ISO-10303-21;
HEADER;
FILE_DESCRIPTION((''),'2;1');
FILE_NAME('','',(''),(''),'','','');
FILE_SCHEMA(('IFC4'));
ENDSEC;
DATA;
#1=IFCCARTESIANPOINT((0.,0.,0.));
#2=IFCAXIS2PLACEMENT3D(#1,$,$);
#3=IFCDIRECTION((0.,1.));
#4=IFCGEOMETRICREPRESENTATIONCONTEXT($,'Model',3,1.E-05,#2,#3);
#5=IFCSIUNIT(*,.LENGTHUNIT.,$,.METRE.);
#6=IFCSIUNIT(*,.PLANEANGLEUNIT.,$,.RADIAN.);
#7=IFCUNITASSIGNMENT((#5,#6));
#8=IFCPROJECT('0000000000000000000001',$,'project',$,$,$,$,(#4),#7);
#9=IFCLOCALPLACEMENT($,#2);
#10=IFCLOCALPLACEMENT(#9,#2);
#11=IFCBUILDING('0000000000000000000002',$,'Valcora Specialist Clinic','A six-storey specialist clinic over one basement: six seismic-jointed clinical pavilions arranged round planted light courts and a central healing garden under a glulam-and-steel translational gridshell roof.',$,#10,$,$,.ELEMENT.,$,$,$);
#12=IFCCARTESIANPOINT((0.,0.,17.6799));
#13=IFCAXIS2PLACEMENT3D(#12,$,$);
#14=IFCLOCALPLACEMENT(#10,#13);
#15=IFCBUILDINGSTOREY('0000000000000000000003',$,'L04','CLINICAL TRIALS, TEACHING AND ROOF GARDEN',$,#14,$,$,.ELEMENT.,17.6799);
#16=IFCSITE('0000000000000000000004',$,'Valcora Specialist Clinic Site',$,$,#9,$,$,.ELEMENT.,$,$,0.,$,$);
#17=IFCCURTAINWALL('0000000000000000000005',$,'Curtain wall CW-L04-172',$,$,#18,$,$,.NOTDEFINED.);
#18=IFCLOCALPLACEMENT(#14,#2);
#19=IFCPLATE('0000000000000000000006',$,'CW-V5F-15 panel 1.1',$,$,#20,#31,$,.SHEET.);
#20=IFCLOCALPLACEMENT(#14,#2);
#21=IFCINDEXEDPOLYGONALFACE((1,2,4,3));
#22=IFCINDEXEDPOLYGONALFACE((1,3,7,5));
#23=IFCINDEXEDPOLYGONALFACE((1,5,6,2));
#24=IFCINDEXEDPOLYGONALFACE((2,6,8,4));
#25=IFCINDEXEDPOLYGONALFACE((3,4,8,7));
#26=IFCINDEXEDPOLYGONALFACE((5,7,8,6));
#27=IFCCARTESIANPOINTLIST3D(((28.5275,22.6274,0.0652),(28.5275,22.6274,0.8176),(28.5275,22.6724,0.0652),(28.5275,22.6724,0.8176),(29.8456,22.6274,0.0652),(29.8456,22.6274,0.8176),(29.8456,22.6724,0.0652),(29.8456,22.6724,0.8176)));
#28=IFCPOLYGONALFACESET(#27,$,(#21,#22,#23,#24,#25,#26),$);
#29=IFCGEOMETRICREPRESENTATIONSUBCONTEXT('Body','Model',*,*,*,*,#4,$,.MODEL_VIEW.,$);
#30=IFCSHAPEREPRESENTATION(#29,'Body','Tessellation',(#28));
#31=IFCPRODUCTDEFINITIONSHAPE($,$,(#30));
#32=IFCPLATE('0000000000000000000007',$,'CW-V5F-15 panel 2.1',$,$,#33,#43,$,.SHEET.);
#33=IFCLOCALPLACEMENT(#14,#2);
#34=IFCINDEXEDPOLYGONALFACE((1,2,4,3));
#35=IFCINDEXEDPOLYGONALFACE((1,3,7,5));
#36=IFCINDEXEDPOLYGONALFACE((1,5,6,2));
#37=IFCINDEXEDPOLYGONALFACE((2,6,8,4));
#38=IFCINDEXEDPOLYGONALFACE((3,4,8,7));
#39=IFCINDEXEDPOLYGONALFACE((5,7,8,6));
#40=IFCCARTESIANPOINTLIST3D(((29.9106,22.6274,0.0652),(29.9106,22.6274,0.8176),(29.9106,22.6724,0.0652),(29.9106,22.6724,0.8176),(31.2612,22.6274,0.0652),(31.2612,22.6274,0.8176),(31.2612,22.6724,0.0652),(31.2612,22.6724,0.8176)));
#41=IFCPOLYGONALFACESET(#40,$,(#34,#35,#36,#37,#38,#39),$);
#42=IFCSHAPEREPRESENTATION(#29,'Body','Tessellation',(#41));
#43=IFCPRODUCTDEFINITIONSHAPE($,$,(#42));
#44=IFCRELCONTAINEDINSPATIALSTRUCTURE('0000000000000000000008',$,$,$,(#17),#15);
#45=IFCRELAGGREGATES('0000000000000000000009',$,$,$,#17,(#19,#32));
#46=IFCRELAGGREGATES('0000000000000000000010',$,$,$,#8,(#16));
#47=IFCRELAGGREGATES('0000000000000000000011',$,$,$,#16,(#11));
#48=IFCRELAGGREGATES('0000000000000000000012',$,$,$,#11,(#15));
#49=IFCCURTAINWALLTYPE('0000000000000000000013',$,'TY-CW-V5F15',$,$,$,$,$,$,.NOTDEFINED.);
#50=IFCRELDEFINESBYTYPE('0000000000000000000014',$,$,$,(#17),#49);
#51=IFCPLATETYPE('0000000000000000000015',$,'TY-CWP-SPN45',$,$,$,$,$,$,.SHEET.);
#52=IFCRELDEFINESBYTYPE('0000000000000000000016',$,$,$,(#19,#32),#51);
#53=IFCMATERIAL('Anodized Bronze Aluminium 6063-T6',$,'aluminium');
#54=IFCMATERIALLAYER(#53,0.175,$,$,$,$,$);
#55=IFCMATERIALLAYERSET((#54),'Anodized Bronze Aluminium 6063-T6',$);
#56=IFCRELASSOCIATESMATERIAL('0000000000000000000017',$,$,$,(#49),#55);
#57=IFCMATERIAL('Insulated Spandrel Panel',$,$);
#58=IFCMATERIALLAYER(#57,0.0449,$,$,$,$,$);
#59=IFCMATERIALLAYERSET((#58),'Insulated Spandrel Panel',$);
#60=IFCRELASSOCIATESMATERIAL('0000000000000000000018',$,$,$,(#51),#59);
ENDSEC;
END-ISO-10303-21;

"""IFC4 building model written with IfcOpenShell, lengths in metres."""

from ifc_helpers import new_model, si_unit, direction, frame, origin, origin_2d, place, context, subcontext, project, spatial, rectangle, extrude, material, layer, layer_set, type_object, element, aggregate, save


model = new_model("IFC4")

# Units and contexts
model_context = context("Model", 3, precision=1e-05, world=origin(), true_north=direction((0.0, 1.0)))
body_context = subcontext(model_context, "Body", "Model", "MODEL_VIEW")
ifc_project = project(units=[si_unit("LENGTHUNIT", "METRE"), si_unit("PLANEANGLEUNIT", "RADIAN")], contexts=[model_context])

# Site, building, storey
site_placement = place(None, origin())
site = spatial("IfcSite", under=ifc_project, at=site_placement, Name="Valcora Specialist Clinic Site", CompositionType="ELEMENT", RefElevation=0.0)
building_placement = place(site_placement, origin())
building = spatial("IfcBuilding", under=site, at=building_placement, Name="Valcora Specialist Clinic", Description="A six-storey specialist clinic over one basement: six seismic-jointed clinical pavilions arranged round planted light courts and a central healing garden under a glulam-and-steel translational gridshell roof.", CompositionType="ELEMENT")
storey_placement = place(building_placement, frame((0.0, 0.0, 17.6799)))
storey = spatial("IfcBuildingStorey", under=building, at=storey_placement, Name="L04", Description="CLINICAL TRIALS, TEACHING AND ROOF GARDEN", CompositionType="ELEMENT", Elevation=17.6799)

# Curtain wall
ifc_material_1 = material(Name="Anodized Bronze Aluminium 6063-T6", Category="aluminium")
ifc_layer_1 = layer(ifc_material_1, 0.175)
ifc_layer_set_1 = layer_set([ifc_layer_1], Name="Anodized Bronze Aluminium 6063-T6")
curtain_wall_type = type_object("IfcCurtainWallType", Name="TY-CW-V5F15", PredefinedType="NOTDEFINED", material=ifc_layer_set_1)
curtain_wall_1_placement = place(storey_placement, origin())
curtain_wall_1 = element("IfcCurtainWall", 1, at=curtain_wall_1_placement, inside=storey, type_object=curtain_wall_type, Name="Curtain wall CW-L04-172", PredefinedType="NOTDEFINED")

# Plates
ifc_material_2 = material(Name="Insulated Spandrel Panel")
ifc_layer_2 = layer(ifc_material_2, 0.0449)
ifc_layer_set_2 = layer_set([ifc_layer_2], Name="Insulated Spandrel Panel")
plate_type_1 = type_object("IfcPlateType", Name="TY-CWP-SPN45", PredefinedType="SHEET", material=ifc_layer_set_2)
plate_1_placement = place(storey_placement, frame((29.1865, 22.6499, 0.0652), z_axis=(0.0, 0.0, 1.0), x_axis=(1.0, 0.0, 0.0)))
plate_1 = element("IfcPlate", 2, at=plate_1_placement, type_object=plate_type_1, Name="CW-V5F-15 panel 1.1", PredefinedType="SHEET", context=body_context, shape_type="SweptSolid", body=[
    extrude(rectangle(XDim=1.3181, YDim=0.0449, at=origin_2d()), origin(), (0.0, 0.0, 1.0), 0.7524),
])
plate_2_placement = place(storey_placement, frame((30.5859, 22.6499, 0.0652), z_axis=(0.0, 0.0, 1.0), x_axis=(1.0, 0.0, 0.0)))
plate_2 = element("IfcPlate", 3, at=plate_2_placement, type_object=plate_type_1, Name="CW-V5F-15 panel 2.1", PredefinedType="SHEET", context=body_context, shape_type="SweptSolid", body=[
    extrude(rectangle(XDim=1.3506, YDim=0.0449, at=origin_2d()), origin(), (0.0, 0.0, 1.0), 0.7524),
])
aggregate(curtain_wall_1, [plate_1, plate_2])

save(model, "model.ifc")
